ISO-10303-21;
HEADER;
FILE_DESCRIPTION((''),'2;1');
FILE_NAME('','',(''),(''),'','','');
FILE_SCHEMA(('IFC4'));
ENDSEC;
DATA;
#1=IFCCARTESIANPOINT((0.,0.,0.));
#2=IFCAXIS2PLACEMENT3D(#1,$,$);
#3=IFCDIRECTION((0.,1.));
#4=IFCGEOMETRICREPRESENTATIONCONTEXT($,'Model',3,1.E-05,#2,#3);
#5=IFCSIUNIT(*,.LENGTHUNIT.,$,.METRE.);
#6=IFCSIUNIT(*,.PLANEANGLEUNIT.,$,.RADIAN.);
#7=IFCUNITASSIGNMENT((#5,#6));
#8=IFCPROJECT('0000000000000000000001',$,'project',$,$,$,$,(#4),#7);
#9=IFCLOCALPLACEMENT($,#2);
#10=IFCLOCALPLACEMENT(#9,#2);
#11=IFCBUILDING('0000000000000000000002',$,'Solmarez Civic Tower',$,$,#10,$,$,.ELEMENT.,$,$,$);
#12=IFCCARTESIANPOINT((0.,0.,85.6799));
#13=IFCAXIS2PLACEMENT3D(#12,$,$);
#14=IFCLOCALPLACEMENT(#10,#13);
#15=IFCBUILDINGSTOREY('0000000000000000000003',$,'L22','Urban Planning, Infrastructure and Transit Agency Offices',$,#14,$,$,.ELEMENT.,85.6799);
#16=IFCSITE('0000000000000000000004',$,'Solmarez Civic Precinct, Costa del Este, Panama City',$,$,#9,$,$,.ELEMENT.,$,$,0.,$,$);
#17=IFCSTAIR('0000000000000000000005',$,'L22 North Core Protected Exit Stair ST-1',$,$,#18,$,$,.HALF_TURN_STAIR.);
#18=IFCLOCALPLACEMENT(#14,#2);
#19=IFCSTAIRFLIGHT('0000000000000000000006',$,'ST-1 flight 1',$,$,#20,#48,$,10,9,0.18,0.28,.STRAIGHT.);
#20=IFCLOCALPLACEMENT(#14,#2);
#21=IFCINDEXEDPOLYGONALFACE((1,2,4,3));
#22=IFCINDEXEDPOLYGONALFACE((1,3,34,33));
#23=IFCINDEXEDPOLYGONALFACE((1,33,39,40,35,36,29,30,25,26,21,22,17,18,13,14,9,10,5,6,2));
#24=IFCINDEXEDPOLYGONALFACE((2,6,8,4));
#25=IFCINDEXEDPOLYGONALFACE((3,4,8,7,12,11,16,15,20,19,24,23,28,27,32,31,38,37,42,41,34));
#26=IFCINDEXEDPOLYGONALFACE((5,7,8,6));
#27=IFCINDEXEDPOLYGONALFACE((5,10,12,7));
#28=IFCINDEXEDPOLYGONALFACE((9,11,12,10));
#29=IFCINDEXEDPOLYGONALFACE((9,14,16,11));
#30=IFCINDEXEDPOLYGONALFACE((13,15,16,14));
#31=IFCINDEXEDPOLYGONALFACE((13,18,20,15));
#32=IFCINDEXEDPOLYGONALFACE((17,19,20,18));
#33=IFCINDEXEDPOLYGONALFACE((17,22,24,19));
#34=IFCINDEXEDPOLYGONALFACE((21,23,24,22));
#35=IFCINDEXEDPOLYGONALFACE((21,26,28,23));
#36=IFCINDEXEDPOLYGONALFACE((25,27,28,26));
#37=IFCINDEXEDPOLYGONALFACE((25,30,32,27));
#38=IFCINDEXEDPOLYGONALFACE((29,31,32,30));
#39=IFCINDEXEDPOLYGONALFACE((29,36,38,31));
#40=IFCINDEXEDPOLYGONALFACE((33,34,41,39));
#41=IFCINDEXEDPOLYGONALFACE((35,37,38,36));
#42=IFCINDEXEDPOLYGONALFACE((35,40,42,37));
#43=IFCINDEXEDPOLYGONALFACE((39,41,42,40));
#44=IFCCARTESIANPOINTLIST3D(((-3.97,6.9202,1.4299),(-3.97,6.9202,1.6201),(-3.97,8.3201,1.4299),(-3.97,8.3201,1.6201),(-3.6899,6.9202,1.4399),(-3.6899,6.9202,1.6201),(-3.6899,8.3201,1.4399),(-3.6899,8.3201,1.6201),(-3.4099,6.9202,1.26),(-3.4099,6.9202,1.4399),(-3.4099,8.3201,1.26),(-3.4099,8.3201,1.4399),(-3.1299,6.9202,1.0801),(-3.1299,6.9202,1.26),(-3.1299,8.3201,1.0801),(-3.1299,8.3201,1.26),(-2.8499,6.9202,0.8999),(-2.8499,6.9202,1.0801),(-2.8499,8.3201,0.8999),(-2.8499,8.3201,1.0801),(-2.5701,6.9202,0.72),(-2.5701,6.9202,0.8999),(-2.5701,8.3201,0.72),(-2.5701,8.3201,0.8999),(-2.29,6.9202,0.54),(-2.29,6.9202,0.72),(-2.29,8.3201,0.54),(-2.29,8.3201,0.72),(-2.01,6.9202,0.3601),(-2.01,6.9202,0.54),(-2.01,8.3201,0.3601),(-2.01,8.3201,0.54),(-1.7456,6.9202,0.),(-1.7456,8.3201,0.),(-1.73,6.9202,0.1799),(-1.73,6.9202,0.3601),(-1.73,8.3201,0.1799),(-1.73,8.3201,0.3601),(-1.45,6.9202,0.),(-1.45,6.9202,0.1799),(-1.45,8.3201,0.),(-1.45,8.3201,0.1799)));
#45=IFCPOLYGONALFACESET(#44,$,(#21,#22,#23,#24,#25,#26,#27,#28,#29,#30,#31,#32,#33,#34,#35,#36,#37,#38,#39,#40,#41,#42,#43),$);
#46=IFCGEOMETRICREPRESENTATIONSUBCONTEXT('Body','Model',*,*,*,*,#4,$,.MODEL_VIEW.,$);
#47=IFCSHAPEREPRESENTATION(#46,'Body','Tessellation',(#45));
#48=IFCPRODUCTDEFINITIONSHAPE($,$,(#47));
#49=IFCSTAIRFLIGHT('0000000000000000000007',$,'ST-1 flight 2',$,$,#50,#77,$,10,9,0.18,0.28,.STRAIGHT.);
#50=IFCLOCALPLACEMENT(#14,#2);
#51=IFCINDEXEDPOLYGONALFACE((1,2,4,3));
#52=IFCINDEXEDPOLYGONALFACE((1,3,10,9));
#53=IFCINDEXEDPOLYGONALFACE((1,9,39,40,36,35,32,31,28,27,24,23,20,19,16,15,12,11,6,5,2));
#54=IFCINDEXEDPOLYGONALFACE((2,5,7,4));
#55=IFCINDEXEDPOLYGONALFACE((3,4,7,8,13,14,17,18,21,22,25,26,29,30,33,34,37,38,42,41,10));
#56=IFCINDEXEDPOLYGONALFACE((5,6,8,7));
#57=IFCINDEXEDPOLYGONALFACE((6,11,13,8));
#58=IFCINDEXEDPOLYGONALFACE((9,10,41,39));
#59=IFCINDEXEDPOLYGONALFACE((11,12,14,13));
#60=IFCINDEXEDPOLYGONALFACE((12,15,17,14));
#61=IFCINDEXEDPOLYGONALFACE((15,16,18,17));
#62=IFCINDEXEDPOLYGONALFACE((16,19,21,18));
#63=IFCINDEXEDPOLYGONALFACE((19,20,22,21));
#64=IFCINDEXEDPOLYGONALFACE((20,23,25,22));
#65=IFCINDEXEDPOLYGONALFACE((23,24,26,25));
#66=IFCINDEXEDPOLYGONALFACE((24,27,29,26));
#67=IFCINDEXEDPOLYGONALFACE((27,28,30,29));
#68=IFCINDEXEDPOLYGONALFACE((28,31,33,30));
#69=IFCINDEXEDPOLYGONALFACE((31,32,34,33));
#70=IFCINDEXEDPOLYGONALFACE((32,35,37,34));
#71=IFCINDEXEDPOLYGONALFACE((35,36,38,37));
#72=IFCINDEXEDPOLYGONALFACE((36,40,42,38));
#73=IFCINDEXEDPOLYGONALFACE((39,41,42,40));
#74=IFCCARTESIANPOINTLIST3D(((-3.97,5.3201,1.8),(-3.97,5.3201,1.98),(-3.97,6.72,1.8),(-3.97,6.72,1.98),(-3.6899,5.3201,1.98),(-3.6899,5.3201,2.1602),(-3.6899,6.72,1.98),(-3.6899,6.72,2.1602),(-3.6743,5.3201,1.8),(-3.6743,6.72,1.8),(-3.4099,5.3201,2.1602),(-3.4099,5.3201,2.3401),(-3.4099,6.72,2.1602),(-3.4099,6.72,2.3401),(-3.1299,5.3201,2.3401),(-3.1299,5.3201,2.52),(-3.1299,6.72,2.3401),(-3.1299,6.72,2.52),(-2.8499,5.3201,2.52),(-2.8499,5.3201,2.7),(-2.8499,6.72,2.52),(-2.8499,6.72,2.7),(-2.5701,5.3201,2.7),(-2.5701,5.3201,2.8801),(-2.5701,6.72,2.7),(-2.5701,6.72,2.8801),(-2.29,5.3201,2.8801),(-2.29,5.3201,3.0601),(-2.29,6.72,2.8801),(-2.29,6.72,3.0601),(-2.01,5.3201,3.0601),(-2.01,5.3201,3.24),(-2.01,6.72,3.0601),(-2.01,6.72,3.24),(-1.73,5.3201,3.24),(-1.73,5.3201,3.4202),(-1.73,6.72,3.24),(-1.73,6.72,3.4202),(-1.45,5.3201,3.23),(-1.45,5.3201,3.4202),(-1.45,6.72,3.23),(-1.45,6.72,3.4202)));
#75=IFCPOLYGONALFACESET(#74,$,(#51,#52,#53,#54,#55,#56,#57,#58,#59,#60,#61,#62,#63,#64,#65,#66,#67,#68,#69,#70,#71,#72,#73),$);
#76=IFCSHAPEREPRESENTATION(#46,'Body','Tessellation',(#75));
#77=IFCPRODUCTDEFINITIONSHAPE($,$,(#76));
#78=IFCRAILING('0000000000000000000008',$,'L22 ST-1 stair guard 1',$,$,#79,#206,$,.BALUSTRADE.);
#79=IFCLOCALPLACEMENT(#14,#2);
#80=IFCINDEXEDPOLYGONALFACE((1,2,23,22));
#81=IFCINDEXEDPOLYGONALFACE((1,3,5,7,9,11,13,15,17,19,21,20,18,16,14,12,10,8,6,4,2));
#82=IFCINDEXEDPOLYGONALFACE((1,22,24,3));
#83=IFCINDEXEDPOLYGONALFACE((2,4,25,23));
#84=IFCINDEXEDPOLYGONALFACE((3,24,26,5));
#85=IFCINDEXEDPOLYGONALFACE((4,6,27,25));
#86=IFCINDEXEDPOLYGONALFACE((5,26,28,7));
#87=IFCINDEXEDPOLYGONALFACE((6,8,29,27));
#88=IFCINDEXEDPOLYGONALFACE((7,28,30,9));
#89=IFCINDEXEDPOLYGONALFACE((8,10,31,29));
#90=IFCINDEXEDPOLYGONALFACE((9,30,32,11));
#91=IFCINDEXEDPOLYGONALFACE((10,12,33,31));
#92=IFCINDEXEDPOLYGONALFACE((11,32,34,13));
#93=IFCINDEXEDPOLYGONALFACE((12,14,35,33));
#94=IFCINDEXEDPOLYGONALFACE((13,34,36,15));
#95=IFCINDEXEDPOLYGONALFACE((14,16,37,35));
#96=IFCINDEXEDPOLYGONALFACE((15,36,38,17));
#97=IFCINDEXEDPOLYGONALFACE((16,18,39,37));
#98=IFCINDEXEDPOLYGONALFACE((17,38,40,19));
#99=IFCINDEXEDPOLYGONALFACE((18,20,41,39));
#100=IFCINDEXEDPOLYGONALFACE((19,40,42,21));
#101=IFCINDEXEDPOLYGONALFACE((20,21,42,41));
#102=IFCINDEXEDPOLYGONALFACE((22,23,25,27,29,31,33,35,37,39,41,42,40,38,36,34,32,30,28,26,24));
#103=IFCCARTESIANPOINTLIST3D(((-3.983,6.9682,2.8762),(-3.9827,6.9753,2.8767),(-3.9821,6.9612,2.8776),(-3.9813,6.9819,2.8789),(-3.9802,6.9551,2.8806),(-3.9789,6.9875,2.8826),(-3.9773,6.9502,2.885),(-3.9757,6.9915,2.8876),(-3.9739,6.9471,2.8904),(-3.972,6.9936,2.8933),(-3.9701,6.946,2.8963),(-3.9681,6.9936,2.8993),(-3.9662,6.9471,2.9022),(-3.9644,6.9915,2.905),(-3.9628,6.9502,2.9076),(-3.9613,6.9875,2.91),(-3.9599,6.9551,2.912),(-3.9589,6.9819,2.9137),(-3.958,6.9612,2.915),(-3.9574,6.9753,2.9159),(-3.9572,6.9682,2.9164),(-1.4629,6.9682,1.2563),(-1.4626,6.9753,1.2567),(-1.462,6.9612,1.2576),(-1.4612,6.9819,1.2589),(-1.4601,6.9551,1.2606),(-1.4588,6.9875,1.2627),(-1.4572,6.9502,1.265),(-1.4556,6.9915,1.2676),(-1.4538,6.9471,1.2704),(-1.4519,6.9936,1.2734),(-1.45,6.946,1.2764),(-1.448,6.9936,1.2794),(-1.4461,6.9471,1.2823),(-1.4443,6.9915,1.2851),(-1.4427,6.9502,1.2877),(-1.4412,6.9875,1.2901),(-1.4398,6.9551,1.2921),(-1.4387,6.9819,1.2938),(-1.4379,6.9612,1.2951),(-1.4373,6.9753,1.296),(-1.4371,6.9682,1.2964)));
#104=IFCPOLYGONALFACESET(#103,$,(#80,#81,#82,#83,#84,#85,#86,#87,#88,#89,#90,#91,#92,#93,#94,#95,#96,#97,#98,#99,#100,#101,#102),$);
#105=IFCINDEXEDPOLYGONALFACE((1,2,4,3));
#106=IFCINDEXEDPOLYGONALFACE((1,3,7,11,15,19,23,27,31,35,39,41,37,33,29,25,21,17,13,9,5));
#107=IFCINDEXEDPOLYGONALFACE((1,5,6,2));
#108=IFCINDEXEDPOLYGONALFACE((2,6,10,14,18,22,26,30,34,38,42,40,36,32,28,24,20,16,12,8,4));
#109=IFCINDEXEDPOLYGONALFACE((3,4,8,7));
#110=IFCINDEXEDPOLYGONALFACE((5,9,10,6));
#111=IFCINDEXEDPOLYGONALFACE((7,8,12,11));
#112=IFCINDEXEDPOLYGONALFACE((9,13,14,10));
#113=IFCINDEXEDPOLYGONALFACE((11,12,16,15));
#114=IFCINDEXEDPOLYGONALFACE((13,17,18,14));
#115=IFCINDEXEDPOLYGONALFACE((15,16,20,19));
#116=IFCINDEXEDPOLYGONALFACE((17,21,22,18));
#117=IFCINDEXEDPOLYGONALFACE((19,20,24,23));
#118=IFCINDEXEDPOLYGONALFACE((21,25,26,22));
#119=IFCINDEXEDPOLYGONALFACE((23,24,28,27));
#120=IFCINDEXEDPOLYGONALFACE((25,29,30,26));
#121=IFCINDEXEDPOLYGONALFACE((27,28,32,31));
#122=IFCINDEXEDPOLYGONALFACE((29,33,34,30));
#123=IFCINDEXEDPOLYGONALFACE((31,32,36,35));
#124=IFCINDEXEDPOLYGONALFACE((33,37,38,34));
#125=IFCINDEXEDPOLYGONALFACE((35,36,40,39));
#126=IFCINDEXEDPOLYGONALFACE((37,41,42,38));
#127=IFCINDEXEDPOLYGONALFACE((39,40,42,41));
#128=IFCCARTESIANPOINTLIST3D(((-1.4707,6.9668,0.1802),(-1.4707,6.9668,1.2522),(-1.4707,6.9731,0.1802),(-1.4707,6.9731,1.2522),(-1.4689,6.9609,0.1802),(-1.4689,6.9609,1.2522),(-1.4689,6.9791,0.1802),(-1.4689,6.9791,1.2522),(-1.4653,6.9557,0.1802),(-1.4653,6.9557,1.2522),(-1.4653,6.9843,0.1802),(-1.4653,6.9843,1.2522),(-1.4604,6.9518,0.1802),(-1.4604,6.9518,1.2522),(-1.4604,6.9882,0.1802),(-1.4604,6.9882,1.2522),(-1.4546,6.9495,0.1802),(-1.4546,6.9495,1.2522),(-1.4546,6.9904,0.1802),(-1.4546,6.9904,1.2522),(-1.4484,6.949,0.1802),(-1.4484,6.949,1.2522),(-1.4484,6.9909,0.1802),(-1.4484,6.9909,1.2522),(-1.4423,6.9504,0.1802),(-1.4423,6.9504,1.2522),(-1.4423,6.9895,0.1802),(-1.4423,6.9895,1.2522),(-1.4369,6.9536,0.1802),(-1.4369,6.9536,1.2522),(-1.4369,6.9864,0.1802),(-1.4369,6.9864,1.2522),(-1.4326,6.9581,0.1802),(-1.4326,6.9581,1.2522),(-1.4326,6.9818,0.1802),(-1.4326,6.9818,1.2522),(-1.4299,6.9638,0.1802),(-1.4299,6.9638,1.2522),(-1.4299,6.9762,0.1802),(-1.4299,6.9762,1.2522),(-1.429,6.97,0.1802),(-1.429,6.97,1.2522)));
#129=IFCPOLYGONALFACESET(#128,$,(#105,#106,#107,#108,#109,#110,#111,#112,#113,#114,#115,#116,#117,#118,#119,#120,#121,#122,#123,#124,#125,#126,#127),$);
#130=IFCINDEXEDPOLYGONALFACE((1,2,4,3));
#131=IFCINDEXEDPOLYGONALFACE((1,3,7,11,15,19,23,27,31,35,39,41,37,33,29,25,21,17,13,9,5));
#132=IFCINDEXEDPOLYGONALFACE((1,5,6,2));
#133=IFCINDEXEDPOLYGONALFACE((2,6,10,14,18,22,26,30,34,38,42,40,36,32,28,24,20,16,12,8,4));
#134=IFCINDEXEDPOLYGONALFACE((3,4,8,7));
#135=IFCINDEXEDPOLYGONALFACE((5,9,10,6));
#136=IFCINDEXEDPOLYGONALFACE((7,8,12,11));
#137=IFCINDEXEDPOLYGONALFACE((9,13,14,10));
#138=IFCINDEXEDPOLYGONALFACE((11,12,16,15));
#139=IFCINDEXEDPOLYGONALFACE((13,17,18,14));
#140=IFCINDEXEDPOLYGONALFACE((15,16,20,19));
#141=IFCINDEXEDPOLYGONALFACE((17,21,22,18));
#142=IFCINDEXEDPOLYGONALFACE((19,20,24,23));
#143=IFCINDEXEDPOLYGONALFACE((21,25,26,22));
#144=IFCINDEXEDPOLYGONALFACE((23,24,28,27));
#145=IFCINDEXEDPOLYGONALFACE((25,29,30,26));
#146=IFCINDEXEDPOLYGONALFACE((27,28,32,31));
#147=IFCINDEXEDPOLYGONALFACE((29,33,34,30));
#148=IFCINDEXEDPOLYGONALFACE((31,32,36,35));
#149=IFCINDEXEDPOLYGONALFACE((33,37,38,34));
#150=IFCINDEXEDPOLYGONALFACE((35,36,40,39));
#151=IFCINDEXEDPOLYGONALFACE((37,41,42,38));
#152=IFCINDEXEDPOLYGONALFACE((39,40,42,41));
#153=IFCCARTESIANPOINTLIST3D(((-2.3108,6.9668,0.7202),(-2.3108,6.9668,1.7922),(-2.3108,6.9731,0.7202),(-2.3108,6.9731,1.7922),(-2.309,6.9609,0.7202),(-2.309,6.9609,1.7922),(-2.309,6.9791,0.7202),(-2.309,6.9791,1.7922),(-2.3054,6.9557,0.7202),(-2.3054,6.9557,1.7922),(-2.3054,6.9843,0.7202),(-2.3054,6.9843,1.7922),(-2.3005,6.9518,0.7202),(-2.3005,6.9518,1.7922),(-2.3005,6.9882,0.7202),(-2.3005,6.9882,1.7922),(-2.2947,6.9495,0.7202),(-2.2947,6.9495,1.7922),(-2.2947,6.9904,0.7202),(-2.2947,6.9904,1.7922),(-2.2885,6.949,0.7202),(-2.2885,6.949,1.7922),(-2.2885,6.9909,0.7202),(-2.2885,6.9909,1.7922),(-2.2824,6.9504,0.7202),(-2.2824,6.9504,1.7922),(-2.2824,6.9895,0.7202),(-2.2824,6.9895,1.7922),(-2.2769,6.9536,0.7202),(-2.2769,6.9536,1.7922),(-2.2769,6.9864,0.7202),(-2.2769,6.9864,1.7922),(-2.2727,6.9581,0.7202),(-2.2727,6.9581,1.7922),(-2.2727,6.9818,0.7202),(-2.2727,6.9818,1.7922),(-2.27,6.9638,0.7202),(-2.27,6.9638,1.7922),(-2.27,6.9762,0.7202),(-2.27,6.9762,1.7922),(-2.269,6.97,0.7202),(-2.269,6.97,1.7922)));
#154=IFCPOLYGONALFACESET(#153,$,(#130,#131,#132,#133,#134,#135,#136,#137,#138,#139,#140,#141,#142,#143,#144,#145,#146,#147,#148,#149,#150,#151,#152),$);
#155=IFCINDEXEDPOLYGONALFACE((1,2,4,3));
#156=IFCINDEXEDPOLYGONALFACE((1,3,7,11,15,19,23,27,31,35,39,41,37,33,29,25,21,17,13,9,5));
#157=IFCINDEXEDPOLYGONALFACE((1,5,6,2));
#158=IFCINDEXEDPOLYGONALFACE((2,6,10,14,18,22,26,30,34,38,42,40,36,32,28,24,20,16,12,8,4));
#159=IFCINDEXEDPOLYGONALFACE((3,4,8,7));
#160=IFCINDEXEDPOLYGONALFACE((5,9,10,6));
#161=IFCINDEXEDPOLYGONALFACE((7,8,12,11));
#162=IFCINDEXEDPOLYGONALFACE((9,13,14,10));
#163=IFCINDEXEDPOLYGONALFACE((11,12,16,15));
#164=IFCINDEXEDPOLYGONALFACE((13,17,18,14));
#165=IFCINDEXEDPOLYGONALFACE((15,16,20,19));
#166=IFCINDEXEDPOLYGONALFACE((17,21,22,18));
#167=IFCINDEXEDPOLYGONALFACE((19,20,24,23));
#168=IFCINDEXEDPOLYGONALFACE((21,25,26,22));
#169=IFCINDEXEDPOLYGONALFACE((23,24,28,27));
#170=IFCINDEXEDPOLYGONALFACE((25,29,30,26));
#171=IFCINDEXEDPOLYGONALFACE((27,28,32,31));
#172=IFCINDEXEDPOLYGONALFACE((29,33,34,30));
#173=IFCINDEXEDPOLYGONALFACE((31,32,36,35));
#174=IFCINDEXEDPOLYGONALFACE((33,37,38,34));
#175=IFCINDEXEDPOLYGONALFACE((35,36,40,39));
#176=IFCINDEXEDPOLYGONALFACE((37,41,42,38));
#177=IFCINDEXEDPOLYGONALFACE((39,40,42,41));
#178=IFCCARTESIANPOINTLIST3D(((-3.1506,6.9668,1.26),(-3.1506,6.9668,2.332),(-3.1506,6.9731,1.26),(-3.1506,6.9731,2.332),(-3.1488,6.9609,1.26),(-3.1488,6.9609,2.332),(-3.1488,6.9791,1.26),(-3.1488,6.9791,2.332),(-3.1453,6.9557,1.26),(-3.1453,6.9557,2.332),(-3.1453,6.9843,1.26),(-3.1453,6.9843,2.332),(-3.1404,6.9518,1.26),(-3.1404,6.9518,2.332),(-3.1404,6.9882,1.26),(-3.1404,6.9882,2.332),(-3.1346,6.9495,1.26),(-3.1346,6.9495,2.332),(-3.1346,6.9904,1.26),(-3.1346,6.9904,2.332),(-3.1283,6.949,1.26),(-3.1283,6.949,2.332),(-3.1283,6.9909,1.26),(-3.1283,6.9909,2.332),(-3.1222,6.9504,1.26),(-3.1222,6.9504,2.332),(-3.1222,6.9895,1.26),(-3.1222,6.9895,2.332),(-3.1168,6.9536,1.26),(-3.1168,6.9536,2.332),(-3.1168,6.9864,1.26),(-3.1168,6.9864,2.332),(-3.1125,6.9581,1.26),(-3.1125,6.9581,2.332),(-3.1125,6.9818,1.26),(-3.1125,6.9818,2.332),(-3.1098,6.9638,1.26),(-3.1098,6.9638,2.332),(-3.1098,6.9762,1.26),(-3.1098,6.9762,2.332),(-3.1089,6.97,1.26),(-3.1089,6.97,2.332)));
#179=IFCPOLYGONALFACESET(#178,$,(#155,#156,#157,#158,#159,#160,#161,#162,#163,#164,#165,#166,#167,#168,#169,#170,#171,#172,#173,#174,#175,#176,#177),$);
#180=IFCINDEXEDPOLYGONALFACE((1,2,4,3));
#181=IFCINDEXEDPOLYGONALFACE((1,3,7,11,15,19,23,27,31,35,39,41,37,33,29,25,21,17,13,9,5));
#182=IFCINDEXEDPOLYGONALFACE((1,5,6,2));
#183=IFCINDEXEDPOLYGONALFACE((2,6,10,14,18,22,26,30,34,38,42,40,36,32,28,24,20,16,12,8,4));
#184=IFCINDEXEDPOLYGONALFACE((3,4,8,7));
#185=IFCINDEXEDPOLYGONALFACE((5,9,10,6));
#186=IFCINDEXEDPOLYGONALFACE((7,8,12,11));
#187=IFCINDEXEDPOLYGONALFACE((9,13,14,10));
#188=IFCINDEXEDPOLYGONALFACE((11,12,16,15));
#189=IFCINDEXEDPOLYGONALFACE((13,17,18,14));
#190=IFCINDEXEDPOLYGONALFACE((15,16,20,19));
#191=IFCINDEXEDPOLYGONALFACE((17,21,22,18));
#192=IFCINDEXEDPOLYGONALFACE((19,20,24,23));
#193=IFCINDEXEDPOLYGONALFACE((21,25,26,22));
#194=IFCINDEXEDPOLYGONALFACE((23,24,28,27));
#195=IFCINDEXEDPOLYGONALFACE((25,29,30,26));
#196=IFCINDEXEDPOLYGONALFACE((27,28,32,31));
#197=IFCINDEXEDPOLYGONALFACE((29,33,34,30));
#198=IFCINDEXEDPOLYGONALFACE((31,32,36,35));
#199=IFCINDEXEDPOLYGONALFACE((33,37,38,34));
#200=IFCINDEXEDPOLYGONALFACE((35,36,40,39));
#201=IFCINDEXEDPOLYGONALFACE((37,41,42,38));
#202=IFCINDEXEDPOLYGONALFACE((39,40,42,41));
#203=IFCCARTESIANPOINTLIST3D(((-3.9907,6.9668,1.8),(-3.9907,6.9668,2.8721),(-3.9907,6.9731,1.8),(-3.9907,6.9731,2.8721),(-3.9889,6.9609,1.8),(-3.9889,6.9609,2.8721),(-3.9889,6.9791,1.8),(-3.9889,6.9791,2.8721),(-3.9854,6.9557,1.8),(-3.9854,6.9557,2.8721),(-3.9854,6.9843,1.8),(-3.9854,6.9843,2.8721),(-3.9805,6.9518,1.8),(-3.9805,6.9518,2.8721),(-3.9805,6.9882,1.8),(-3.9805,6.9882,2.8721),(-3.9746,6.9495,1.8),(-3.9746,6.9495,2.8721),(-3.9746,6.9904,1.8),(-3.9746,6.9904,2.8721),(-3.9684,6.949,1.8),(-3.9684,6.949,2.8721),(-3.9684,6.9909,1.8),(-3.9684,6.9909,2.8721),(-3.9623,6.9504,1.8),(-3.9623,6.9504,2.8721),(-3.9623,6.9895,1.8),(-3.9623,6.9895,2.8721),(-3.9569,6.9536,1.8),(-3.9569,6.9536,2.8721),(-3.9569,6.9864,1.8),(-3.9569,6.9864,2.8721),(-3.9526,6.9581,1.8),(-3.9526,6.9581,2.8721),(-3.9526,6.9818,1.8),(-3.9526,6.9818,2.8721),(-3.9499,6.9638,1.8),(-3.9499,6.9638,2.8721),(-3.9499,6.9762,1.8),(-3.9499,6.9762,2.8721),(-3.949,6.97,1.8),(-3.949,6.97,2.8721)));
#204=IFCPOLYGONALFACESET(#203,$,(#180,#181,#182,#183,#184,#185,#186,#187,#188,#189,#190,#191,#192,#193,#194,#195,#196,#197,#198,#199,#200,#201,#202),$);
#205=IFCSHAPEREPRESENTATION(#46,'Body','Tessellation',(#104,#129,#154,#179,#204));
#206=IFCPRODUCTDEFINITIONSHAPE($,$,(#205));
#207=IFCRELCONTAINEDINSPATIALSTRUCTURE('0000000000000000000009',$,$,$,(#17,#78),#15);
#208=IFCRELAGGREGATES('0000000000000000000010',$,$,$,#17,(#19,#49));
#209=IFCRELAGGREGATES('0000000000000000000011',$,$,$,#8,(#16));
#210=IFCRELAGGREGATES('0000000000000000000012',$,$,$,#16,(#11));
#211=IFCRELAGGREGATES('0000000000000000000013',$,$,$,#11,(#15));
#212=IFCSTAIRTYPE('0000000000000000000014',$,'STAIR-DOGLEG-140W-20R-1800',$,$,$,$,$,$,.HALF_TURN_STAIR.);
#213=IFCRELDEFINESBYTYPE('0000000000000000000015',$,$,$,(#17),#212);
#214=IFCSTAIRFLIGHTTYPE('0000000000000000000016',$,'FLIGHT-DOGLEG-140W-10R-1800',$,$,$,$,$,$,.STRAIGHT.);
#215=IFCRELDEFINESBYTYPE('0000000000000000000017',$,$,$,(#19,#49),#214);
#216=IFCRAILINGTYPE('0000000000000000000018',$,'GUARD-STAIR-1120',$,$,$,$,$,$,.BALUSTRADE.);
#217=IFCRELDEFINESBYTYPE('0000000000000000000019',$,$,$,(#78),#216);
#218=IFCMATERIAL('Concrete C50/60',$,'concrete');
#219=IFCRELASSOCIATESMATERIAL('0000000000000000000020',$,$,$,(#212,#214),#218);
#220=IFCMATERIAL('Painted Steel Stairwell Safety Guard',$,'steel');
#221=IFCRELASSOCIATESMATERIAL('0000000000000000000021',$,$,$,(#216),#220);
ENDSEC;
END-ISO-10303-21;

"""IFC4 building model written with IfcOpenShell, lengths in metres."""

from ifc_helpers import new_model, si_unit, direction, frame, origin, origin_2d, place, context, subcontext, project, spatial, polyline, circle, outline, extrude, material, type_object, element, aggregate, save


model = new_model("IFC4")

# Units and contexts
model_context = context("Model", 3, precision=1e-05, world=origin(), true_north=direction((0.0, 1.0)))
body_context = subcontext(model_context, "Body", "Model", "MODEL_VIEW")
ifc_project = project(units=[si_unit("LENGTHUNIT", "METRE"), si_unit("PLANEANGLEUNIT", "RADIAN")], contexts=[model_context])

# Site, building, storey
site_placement = place(None, origin())
site = spatial("IfcSite", under=ifc_project, at=site_placement, Name="Solmarez Civic Precinct, Costa del Este, Panama City", CompositionType="ELEMENT", RefElevation=0.0)
building_placement = place(site_placement, origin())
building = spatial("IfcBuilding", under=site, at=building_placement, Name="Solmarez Civic Tower", CompositionType="ELEMENT")
storey_placement = place(building_placement, frame((0.0, 0.0, 85.6799)))
storey = spatial("IfcBuildingStorey", under=building, at=storey_placement, Name="L22", Description="Urban Planning, Infrastructure and Transit Agency Offices", CompositionType="ELEMENT", Elevation=85.6799)

# Shared definitions
ifc_material_1 = material(Name="Concrete C50/60", Category="concrete")

# Stair, stair flights
stair_type = type_object("IfcStairType", Name="STAIR-DOGLEG-140W-20R-1800", PredefinedType="HALF_TURN_STAIR", material=ifc_material_1)
stair_placement = place(storey_placement, origin())
stair = element("IfcStair", 1, at=stair_placement, inside=storey, type_object=stair_type, Name="L22 North Core Protected Exit Stair ST-1", PredefinedType="HALF_TURN_STAIR")
stair_flight_type = type_object("IfcStairFlightType", Name="FLIGHT-DOGLEG-140W-10R-1800", PredefinedType="STRAIGHT", material=ifc_material_1)
stair_flight_1_placement = place(storey_placement, frame((-1.45, 7.6201, 0.0), z_axis=(0.0, 0.0, 1.0), x_axis=(-1.0, 0.0, 0.0)))
stair_flight_1 = element("IfcStairFlight", 2, at=stair_flight_1_placement, type_object=stair_flight_type, Name="ST-1 flight 1", NumberOfRisers=10, NumberOfTreads=9, PredefinedType="STRAIGHT", RiserHeight=0.18, TreadLength=0.28, context=body_context, shape_type="SweptSolid", body=[
    extrude(outline(polyline([(0.0, 0.0), (0.0, 0.1799), (0.28, 0.1799), (0.28, 0.3601), (0.5601, 0.3601), (0.5601, 0.54), (0.8401, 0.54), (0.8401, 0.72), (1.1201, 0.72), (1.1201, 0.8999), (1.3999, 0.8999), (1.3999, 1.0801), (1.6799, 1.0801), (1.6799, 1.26), (1.96, 1.26), (1.96, 1.4399), (2.24, 1.4399), (2.24, 1.6201), (2.52, 1.6201), (2.52, 1.8), (2.52, 1.4299), (0.2957, 0.0), (0.0, 0.0)])), frame((0.0, 0.7, 0.0), z_axis=(0.0, -1.0, 0.0), x_axis=(1.0, 0.0, 0.0)), (0.0, 0.0, 1.0), 1.3999),
])
stair_flight_2_placement = place(storey_placement, frame((-3.97, 6.02, 1.8), z_axis=(0.0, 0.0, 1.0), x_axis=(1.0, 0.0, 0.0)))
stair_flight_2 = element("IfcStairFlight", 3, at=stair_flight_2_placement, type_object=stair_flight_type, Name="ST-1 flight 2", NumberOfRisers=10, NumberOfTreads=9, PredefinedType="STRAIGHT", RiserHeight=0.18, TreadLength=0.28, context=body_context, shape_type="SweptSolid", body=[
    extrude(outline(polyline([(0.0, 0.0), (0.0, 0.1799), (0.28, 0.1799), (0.28, 0.3601), (0.5601, 0.3601), (0.5601, 0.54), (0.8401, 0.54), (0.8401, 0.72), (1.1201, 0.72), (1.1201, 0.8999), (1.3999, 0.8999), (1.3999, 1.0801), (1.6799, 1.0801), (1.6799, 1.26), (1.96, 1.26), (1.96, 1.4399), (2.24, 1.4399), (2.24, 1.6201), (2.52, 1.6201), (2.52, 1.8), (2.52, 1.4299), (0.2957, 0.0), (0.0, 0.0)])), frame((0.0, 0.7, 0.0), z_axis=(0.0, -1.0, 0.0), x_axis=(1.0, 0.0, 0.0)), (0.0, 0.0, 1.0), 1.3999),
])
aggregate(stair, [stair_flight_1, stair_flight_2])

# Railing
ifc_material_2 = material(Name="Painted Steel Stairwell Safety Guard", Category="steel")
railing_type_1 = type_object("IfcRailingType", Name="GUARD-STAIR-1120", PredefinedType="BALUSTRADE", material=ifc_material_2)
railing_1_placement = place(storey_placement, frame((-1.45, 6.97, 0.1802)))
element("IfcRailing", 4, at=railing_1_placement, inside=storey, type_object=railing_type_1, Name="L22 ST-1 stair guard 1", PredefinedType="BALUSTRADE", context=body_context, shape_type="SweptSolid", body=[
    extrude(circle(Radius=0.0239, at=origin_2d()), frame((0.0, 0.0, 1.0962), z_axis=(-0.8412, 0.0, 0.540725), x_axis=(0.0, -1.0, 0.0)), (0.0, 0.0, 1.0), 2.9958),
    extrude(circle(Radius=0.021, at=origin_2d()), origin(), (0.0, 0.0, 1.0), 1.072),
    extrude(circle(Radius=0.021, at=origin_2d()), frame((-0.8401, 0.0, 0.54)), (0.0, 0.0, 1.0), 1.072),
    extrude(circle(Radius=0.021, at=origin_2d()), frame((-1.6799, 0.0, 1.0798)), (0.0, 0.0, 1.0), 1.072),
    extrude(circle(Radius=0.021, at=origin_2d()), frame((-2.52, 0.0, 1.6199)), (0.0, 0.0, 1.0), 1.072),
])

save(model, "model.ifc")
